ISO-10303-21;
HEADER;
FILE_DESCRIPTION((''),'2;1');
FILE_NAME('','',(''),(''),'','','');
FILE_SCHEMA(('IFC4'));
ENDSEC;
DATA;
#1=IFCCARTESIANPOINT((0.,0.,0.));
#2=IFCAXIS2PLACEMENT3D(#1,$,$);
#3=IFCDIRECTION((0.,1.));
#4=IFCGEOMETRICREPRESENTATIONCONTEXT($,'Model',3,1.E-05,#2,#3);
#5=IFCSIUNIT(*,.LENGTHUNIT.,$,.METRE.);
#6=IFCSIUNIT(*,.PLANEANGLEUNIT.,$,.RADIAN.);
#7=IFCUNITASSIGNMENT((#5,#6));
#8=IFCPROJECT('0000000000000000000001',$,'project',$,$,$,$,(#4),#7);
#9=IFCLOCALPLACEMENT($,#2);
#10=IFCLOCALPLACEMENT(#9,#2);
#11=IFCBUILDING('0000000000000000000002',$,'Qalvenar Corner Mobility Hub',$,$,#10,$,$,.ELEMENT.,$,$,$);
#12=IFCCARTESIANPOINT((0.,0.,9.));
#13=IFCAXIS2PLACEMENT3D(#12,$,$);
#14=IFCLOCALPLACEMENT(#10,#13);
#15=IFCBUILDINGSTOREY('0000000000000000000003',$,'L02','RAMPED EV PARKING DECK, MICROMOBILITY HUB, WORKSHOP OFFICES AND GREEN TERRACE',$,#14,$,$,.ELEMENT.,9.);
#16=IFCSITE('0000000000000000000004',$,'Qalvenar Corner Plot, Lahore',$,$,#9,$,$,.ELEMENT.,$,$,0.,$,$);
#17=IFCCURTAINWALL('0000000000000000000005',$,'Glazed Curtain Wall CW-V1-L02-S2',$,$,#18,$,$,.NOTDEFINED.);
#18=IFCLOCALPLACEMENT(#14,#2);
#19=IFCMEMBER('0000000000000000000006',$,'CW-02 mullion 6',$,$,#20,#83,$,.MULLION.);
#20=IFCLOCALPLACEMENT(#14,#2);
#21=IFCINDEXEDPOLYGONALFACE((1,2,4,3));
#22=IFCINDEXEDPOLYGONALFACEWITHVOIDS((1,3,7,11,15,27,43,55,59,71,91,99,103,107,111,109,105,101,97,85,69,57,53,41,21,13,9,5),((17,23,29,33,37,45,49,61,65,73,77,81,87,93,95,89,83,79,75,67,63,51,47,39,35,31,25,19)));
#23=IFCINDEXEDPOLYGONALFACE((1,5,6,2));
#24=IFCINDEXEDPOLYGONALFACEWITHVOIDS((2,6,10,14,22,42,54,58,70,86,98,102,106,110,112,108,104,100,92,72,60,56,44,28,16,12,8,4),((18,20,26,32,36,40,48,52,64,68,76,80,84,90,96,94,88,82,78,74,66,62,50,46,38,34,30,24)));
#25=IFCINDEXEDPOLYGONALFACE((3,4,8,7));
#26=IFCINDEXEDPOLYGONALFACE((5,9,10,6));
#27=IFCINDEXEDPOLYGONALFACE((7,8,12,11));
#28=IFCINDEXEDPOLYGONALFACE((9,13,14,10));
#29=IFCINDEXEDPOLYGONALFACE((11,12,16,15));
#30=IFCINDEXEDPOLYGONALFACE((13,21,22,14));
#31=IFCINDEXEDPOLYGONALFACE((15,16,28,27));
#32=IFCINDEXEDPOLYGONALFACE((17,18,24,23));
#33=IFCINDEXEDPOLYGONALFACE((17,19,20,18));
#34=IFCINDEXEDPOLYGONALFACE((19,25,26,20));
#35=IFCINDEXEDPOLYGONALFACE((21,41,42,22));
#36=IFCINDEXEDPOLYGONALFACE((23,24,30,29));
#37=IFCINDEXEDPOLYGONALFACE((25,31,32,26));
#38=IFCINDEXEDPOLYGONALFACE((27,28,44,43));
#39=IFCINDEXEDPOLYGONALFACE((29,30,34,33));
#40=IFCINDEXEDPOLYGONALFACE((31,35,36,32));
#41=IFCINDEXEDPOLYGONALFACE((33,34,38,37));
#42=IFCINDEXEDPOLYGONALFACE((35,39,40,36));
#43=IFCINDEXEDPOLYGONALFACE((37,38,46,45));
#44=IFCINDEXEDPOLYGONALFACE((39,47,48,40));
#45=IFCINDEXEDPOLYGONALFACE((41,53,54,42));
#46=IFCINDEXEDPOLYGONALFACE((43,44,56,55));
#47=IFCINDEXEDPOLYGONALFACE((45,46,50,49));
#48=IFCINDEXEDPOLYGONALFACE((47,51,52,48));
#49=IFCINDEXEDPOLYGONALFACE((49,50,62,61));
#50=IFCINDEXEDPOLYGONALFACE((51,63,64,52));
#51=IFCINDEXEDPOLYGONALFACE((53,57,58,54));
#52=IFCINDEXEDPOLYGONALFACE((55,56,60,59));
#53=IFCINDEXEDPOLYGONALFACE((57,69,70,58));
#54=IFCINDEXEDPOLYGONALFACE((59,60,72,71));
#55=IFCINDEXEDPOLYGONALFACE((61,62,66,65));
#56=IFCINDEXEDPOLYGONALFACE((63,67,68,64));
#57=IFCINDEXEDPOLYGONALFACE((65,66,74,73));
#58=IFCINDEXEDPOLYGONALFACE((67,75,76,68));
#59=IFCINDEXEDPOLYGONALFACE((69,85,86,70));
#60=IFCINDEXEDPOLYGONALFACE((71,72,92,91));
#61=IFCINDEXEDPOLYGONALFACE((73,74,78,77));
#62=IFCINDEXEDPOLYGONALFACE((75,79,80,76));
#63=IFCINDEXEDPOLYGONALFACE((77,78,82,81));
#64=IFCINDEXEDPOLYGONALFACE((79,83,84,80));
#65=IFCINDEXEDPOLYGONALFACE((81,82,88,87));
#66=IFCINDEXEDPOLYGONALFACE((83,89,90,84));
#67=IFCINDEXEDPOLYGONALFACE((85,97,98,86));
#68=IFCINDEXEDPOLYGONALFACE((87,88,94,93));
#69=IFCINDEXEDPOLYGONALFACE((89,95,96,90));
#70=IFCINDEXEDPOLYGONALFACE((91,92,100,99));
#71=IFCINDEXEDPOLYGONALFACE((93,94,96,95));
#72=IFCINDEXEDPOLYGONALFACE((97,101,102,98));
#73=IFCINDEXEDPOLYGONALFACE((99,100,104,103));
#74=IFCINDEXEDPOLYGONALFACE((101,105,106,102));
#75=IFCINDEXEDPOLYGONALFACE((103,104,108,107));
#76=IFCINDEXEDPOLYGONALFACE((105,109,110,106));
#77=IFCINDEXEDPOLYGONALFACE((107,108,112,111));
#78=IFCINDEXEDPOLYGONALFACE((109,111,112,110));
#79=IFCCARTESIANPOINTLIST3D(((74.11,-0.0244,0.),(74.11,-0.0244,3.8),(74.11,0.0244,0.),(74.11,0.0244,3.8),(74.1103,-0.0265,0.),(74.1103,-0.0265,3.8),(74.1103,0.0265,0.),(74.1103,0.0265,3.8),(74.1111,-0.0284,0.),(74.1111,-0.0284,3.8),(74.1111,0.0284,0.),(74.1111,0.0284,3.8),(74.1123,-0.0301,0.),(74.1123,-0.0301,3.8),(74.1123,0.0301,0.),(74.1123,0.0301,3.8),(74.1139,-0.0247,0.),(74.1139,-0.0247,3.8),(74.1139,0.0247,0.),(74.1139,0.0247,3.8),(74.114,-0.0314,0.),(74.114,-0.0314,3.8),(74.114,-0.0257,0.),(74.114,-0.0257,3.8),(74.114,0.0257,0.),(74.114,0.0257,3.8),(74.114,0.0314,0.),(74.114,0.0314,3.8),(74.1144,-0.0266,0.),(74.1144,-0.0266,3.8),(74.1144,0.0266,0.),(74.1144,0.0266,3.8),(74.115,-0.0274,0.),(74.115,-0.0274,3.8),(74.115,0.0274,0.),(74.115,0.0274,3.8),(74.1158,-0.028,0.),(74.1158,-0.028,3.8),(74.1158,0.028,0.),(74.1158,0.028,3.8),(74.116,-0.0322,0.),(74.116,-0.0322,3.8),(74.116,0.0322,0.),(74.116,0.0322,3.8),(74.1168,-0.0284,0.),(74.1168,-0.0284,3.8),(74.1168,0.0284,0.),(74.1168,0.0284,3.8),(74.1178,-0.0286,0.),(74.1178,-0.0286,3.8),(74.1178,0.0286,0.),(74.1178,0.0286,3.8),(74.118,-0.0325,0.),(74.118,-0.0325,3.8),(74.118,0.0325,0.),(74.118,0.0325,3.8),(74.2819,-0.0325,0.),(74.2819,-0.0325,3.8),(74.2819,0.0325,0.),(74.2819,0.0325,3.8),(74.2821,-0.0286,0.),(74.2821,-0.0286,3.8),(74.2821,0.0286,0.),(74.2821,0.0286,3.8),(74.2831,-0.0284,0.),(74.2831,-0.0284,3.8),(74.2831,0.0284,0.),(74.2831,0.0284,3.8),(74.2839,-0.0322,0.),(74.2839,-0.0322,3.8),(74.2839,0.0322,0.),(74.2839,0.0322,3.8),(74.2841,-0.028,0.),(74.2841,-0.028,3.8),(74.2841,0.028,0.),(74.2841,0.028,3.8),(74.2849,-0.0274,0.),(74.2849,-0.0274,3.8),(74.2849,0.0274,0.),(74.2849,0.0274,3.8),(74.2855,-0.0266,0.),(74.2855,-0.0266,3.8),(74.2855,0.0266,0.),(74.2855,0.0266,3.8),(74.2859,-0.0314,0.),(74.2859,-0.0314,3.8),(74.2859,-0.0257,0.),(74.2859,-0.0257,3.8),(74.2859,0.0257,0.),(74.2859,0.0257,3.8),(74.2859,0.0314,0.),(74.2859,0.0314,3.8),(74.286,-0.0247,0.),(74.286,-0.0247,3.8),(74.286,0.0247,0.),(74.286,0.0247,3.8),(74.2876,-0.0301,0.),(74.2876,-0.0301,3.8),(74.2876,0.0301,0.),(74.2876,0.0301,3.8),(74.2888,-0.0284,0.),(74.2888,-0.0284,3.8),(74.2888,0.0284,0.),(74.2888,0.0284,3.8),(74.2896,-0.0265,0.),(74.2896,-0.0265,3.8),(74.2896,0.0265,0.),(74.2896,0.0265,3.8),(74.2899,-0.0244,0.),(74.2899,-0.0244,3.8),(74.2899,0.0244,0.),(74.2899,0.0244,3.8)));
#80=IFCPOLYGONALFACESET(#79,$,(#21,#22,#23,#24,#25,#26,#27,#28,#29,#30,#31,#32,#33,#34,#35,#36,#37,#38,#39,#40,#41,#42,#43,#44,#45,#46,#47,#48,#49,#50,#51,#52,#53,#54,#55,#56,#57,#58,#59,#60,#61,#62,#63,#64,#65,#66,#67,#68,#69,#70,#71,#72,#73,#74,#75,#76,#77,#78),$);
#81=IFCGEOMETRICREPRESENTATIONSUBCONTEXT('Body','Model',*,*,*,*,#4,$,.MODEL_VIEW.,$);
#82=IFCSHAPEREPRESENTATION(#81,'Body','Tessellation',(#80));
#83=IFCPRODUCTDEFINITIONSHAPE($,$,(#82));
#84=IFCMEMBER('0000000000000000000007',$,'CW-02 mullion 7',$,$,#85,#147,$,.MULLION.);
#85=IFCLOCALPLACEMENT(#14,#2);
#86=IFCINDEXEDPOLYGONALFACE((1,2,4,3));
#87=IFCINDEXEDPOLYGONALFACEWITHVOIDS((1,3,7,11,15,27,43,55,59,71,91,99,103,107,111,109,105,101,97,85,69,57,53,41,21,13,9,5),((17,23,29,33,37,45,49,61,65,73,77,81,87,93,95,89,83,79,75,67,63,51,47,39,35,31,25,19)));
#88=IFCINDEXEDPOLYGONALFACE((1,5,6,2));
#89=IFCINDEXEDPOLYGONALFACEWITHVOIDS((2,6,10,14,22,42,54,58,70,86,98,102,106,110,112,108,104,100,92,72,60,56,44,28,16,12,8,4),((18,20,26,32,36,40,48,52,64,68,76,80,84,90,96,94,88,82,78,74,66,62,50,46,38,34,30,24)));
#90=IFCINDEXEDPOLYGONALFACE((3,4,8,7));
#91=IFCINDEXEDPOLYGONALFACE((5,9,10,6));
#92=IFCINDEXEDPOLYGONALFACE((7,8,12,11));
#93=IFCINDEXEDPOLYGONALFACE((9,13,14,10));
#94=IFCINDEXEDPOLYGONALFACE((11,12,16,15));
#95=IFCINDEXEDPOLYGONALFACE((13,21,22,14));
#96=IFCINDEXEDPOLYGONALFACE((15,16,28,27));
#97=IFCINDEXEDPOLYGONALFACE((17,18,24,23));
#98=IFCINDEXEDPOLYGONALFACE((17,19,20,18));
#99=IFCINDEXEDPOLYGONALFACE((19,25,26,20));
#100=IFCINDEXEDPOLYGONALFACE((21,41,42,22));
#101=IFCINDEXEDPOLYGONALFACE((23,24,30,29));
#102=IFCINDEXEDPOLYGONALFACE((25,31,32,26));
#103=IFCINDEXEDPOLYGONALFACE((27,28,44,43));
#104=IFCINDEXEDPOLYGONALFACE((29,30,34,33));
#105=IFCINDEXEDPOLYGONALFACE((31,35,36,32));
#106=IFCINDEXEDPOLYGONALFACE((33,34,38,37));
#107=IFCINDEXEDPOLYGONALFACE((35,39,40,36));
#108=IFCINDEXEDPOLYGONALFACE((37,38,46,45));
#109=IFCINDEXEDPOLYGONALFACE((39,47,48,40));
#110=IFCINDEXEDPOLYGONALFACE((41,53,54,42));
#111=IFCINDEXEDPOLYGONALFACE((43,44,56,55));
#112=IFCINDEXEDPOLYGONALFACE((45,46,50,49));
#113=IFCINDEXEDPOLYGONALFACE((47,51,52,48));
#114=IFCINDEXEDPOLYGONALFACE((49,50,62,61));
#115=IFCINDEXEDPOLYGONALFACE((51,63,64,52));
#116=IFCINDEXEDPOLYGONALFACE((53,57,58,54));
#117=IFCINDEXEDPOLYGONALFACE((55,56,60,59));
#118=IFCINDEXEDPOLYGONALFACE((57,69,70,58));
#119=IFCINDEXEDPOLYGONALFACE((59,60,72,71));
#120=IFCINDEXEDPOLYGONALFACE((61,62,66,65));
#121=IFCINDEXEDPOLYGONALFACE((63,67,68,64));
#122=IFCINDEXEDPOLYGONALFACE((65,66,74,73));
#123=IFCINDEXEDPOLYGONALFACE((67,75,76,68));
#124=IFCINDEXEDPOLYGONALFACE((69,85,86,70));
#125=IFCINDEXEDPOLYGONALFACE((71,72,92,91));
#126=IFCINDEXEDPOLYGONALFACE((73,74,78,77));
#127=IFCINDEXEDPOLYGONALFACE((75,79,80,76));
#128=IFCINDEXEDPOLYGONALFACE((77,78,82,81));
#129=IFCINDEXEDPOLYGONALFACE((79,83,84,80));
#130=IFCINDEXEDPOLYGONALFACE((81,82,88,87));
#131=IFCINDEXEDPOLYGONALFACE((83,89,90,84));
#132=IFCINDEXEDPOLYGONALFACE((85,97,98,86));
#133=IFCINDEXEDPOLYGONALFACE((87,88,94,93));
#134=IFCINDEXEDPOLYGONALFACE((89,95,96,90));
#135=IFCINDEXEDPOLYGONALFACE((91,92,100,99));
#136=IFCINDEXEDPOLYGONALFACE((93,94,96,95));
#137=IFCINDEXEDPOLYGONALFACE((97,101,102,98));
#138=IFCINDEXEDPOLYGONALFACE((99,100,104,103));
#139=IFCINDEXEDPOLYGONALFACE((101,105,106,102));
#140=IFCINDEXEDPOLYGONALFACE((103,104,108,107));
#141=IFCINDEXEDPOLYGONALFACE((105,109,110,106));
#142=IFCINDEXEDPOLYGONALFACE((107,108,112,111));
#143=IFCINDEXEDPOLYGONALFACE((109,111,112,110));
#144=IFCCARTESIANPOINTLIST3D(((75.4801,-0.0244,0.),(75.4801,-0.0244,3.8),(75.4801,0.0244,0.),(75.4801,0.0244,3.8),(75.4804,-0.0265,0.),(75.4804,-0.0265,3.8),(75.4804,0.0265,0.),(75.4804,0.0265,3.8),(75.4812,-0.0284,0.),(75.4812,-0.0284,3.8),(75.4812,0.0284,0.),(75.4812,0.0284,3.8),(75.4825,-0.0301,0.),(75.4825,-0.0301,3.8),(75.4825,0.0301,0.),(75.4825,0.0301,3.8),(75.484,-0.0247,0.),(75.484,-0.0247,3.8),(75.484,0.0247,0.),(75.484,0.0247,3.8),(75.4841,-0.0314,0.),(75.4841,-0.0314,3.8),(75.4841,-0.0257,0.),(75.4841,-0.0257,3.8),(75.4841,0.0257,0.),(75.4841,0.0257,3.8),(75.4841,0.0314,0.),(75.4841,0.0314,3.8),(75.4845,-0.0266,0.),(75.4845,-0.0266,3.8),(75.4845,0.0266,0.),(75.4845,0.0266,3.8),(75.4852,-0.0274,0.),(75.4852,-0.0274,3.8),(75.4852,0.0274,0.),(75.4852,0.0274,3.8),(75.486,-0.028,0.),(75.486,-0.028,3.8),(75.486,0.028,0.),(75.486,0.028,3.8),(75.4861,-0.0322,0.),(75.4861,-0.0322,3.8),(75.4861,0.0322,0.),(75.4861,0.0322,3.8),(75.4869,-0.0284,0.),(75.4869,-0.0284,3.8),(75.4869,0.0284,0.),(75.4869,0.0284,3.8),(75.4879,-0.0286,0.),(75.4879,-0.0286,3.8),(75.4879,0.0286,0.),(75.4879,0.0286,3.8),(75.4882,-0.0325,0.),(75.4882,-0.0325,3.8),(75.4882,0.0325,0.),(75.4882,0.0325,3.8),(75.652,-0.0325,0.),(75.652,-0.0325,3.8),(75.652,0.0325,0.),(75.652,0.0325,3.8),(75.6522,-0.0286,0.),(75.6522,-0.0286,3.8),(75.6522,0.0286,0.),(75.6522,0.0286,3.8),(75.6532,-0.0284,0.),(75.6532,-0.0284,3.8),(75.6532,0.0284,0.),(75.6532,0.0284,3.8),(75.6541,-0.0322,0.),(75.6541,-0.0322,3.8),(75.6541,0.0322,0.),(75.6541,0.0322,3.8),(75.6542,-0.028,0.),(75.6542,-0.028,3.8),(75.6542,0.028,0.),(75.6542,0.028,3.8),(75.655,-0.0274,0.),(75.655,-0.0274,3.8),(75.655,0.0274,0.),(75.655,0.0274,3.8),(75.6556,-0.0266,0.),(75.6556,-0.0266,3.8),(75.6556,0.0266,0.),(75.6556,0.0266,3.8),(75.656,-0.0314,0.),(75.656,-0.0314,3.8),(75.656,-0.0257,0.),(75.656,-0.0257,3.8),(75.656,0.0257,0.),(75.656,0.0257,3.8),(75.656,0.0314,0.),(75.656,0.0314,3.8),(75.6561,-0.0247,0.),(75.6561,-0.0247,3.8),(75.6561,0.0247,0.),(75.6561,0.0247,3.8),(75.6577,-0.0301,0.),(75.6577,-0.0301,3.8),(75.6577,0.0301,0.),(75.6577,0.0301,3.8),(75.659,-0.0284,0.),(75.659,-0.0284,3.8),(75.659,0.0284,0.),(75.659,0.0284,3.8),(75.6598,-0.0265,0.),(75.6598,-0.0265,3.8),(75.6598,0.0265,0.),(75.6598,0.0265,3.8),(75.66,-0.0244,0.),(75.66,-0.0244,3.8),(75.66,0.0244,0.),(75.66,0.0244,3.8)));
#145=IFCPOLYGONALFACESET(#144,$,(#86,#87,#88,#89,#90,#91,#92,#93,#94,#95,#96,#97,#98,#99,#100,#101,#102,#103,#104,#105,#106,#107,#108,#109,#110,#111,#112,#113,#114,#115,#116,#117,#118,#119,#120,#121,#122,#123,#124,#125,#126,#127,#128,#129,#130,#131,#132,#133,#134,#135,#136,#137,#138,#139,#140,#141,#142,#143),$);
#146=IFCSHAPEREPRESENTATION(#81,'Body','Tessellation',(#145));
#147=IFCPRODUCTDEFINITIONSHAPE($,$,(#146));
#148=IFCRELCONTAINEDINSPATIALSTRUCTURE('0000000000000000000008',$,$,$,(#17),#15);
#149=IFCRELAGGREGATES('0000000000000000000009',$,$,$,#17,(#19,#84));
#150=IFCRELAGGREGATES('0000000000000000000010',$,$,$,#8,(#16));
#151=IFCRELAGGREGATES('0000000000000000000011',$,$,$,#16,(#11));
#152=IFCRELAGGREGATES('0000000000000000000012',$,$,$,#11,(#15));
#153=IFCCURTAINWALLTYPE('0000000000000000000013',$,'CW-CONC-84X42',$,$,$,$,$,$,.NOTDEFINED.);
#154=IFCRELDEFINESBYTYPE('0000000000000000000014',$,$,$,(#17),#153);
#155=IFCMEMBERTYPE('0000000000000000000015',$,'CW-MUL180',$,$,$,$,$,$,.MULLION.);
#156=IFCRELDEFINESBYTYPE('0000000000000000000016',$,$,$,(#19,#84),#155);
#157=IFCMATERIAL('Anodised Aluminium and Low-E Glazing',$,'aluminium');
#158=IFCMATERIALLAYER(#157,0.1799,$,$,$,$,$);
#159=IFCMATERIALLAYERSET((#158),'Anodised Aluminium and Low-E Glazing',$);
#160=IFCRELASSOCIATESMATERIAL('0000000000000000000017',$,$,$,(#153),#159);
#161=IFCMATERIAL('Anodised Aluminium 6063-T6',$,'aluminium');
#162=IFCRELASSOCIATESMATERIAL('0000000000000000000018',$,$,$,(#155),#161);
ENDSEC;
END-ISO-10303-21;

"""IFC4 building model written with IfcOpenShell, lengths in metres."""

from ifc_helpers import new_model, si_unit, direction, frame, origin, origin_2d, place, context, subcontext, project, spatial, hollow_rectangle, extrude, material, layer, layer_set, material_profile, profile_set, type_object, element, aggregate, save


model = new_model("IFC4")

# Units and contexts
model_context = context("Model", 3, precision=1e-05, world=origin(), true_north=direction((0.0, 1.0)))
body_context = subcontext(model_context, "Body", "Model", "MODEL_VIEW")
ifc_project = project(units=[si_unit("LENGTHUNIT", "METRE"), si_unit("PLANEANGLEUNIT", "RADIAN")], contexts=[model_context])

# Site, building, storey
site_placement = place(None, origin())
site = spatial("IfcSite", under=ifc_project, at=site_placement, Name="Qalvenar Corner Plot, Lahore", CompositionType="ELEMENT", RefElevation=0.0)
building_placement = place(site_placement, origin())
building = spatial("IfcBuilding", under=site, at=building_placement, Name="Qalvenar Corner Mobility Hub", CompositionType="ELEMENT")
storey_placement = place(building_placement, frame((0.0, 0.0, 9.0)))
storey = spatial("IfcBuildingStorey", under=building, at=storey_placement, Name="L02", Description="RAMPED EV PARKING DECK, MICROMOBILITY HUB, WORKSHOP OFFICES AND GREEN TERRACE", CompositionType="ELEMENT", Elevation=9.0)

# Curtain wall, members
ifc_material_1 = material(Name="Anodised Aluminium and Low-E Glazing", Category="aluminium")
ifc_layer_1 = layer(ifc_material_1, 0.1799)
ifc_layer_set_1 = layer_set([ifc_layer_1], Name="Anodised Aluminium and Low-E Glazing")
curtain_wall_type = type_object("IfcCurtainWallType", Name="CW-CONC-84X42", PredefinedType="NOTDEFINED", material=ifc_layer_set_1)
curtain_wall_placement = place(storey_placement, origin())
curtain_wall = element("IfcCurtainWall", 1, at=curtain_wall_placement, inside=storey, type_object=curtain_wall_type, Name="Glazed Curtain Wall CW-V1-L02-S2", PredefinedType="NOTDEFINED")
ifc_material_2 = material(Name="Anodised Aluminium 6063-T6", Category="aluminium")
ifc_material_profile_1 = material_profile(ifc_material_2, hollow_rectangle(XDim=0.0649, YDim=0.1799, WallThickness=0.0039, InnerFilletRadius=0.0039, OuterFilletRadius=0.0081, at=origin_2d()), Name="RHS180x65x4")
ifc_profile_set_1 = profile_set([ifc_material_profile_1], Name="Anodised Aluminium 6063-T6")
member_type_1 = type_object("IfcMemberType", Name="CW-MUL180", PredefinedType="MULLION", material=ifc_profile_set_1)
member_1_placement = place(storey_placement, frame((74.2, 0.0, 0.0), z_axis=(0.0, 0.0, 1.0), x_axis=(0.0, 1.0, 0.0)))
member_1 = element("IfcMember", 2, at=member_1_placement, type_object=member_type_1, Name="CW-02 mullion 6", PredefinedType="MULLION", context=body_context, shape_type="SweptSolid", body=[
    extrude(hollow_rectangle(XDim=0.0649, YDim=0.1799, WallThickness=0.0039, InnerFilletRadius=0.0039, OuterFilletRadius=0.0081, at=origin_2d()), origin(), (0.0, 0.0, 1.0), 3.8),
])
member_2_placement = place(storey_placement, frame((75.5701, 0.0, 0.0), z_axis=(0.0, 0.0, 1.0), x_axis=(0.0, 1.0, 0.0)))
member_2 = element("IfcMember", 3, at=member_2_placement, type_object=member_type_1, Name="CW-02 mullion 7", PredefinedType="MULLION", context=body_context, shape_type="SweptSolid", body=[
    extrude(hollow_rectangle(XDim=0.0649, YDim=0.1799, WallThickness=0.0039, InnerFilletRadius=0.0039, OuterFilletRadius=0.0081, at=origin_2d()), origin(), (0.0, 0.0, 1.0), 3.8),
])
aggregate(curtain_wall, [member_1, member_2])

save(model, "model.ifc")
